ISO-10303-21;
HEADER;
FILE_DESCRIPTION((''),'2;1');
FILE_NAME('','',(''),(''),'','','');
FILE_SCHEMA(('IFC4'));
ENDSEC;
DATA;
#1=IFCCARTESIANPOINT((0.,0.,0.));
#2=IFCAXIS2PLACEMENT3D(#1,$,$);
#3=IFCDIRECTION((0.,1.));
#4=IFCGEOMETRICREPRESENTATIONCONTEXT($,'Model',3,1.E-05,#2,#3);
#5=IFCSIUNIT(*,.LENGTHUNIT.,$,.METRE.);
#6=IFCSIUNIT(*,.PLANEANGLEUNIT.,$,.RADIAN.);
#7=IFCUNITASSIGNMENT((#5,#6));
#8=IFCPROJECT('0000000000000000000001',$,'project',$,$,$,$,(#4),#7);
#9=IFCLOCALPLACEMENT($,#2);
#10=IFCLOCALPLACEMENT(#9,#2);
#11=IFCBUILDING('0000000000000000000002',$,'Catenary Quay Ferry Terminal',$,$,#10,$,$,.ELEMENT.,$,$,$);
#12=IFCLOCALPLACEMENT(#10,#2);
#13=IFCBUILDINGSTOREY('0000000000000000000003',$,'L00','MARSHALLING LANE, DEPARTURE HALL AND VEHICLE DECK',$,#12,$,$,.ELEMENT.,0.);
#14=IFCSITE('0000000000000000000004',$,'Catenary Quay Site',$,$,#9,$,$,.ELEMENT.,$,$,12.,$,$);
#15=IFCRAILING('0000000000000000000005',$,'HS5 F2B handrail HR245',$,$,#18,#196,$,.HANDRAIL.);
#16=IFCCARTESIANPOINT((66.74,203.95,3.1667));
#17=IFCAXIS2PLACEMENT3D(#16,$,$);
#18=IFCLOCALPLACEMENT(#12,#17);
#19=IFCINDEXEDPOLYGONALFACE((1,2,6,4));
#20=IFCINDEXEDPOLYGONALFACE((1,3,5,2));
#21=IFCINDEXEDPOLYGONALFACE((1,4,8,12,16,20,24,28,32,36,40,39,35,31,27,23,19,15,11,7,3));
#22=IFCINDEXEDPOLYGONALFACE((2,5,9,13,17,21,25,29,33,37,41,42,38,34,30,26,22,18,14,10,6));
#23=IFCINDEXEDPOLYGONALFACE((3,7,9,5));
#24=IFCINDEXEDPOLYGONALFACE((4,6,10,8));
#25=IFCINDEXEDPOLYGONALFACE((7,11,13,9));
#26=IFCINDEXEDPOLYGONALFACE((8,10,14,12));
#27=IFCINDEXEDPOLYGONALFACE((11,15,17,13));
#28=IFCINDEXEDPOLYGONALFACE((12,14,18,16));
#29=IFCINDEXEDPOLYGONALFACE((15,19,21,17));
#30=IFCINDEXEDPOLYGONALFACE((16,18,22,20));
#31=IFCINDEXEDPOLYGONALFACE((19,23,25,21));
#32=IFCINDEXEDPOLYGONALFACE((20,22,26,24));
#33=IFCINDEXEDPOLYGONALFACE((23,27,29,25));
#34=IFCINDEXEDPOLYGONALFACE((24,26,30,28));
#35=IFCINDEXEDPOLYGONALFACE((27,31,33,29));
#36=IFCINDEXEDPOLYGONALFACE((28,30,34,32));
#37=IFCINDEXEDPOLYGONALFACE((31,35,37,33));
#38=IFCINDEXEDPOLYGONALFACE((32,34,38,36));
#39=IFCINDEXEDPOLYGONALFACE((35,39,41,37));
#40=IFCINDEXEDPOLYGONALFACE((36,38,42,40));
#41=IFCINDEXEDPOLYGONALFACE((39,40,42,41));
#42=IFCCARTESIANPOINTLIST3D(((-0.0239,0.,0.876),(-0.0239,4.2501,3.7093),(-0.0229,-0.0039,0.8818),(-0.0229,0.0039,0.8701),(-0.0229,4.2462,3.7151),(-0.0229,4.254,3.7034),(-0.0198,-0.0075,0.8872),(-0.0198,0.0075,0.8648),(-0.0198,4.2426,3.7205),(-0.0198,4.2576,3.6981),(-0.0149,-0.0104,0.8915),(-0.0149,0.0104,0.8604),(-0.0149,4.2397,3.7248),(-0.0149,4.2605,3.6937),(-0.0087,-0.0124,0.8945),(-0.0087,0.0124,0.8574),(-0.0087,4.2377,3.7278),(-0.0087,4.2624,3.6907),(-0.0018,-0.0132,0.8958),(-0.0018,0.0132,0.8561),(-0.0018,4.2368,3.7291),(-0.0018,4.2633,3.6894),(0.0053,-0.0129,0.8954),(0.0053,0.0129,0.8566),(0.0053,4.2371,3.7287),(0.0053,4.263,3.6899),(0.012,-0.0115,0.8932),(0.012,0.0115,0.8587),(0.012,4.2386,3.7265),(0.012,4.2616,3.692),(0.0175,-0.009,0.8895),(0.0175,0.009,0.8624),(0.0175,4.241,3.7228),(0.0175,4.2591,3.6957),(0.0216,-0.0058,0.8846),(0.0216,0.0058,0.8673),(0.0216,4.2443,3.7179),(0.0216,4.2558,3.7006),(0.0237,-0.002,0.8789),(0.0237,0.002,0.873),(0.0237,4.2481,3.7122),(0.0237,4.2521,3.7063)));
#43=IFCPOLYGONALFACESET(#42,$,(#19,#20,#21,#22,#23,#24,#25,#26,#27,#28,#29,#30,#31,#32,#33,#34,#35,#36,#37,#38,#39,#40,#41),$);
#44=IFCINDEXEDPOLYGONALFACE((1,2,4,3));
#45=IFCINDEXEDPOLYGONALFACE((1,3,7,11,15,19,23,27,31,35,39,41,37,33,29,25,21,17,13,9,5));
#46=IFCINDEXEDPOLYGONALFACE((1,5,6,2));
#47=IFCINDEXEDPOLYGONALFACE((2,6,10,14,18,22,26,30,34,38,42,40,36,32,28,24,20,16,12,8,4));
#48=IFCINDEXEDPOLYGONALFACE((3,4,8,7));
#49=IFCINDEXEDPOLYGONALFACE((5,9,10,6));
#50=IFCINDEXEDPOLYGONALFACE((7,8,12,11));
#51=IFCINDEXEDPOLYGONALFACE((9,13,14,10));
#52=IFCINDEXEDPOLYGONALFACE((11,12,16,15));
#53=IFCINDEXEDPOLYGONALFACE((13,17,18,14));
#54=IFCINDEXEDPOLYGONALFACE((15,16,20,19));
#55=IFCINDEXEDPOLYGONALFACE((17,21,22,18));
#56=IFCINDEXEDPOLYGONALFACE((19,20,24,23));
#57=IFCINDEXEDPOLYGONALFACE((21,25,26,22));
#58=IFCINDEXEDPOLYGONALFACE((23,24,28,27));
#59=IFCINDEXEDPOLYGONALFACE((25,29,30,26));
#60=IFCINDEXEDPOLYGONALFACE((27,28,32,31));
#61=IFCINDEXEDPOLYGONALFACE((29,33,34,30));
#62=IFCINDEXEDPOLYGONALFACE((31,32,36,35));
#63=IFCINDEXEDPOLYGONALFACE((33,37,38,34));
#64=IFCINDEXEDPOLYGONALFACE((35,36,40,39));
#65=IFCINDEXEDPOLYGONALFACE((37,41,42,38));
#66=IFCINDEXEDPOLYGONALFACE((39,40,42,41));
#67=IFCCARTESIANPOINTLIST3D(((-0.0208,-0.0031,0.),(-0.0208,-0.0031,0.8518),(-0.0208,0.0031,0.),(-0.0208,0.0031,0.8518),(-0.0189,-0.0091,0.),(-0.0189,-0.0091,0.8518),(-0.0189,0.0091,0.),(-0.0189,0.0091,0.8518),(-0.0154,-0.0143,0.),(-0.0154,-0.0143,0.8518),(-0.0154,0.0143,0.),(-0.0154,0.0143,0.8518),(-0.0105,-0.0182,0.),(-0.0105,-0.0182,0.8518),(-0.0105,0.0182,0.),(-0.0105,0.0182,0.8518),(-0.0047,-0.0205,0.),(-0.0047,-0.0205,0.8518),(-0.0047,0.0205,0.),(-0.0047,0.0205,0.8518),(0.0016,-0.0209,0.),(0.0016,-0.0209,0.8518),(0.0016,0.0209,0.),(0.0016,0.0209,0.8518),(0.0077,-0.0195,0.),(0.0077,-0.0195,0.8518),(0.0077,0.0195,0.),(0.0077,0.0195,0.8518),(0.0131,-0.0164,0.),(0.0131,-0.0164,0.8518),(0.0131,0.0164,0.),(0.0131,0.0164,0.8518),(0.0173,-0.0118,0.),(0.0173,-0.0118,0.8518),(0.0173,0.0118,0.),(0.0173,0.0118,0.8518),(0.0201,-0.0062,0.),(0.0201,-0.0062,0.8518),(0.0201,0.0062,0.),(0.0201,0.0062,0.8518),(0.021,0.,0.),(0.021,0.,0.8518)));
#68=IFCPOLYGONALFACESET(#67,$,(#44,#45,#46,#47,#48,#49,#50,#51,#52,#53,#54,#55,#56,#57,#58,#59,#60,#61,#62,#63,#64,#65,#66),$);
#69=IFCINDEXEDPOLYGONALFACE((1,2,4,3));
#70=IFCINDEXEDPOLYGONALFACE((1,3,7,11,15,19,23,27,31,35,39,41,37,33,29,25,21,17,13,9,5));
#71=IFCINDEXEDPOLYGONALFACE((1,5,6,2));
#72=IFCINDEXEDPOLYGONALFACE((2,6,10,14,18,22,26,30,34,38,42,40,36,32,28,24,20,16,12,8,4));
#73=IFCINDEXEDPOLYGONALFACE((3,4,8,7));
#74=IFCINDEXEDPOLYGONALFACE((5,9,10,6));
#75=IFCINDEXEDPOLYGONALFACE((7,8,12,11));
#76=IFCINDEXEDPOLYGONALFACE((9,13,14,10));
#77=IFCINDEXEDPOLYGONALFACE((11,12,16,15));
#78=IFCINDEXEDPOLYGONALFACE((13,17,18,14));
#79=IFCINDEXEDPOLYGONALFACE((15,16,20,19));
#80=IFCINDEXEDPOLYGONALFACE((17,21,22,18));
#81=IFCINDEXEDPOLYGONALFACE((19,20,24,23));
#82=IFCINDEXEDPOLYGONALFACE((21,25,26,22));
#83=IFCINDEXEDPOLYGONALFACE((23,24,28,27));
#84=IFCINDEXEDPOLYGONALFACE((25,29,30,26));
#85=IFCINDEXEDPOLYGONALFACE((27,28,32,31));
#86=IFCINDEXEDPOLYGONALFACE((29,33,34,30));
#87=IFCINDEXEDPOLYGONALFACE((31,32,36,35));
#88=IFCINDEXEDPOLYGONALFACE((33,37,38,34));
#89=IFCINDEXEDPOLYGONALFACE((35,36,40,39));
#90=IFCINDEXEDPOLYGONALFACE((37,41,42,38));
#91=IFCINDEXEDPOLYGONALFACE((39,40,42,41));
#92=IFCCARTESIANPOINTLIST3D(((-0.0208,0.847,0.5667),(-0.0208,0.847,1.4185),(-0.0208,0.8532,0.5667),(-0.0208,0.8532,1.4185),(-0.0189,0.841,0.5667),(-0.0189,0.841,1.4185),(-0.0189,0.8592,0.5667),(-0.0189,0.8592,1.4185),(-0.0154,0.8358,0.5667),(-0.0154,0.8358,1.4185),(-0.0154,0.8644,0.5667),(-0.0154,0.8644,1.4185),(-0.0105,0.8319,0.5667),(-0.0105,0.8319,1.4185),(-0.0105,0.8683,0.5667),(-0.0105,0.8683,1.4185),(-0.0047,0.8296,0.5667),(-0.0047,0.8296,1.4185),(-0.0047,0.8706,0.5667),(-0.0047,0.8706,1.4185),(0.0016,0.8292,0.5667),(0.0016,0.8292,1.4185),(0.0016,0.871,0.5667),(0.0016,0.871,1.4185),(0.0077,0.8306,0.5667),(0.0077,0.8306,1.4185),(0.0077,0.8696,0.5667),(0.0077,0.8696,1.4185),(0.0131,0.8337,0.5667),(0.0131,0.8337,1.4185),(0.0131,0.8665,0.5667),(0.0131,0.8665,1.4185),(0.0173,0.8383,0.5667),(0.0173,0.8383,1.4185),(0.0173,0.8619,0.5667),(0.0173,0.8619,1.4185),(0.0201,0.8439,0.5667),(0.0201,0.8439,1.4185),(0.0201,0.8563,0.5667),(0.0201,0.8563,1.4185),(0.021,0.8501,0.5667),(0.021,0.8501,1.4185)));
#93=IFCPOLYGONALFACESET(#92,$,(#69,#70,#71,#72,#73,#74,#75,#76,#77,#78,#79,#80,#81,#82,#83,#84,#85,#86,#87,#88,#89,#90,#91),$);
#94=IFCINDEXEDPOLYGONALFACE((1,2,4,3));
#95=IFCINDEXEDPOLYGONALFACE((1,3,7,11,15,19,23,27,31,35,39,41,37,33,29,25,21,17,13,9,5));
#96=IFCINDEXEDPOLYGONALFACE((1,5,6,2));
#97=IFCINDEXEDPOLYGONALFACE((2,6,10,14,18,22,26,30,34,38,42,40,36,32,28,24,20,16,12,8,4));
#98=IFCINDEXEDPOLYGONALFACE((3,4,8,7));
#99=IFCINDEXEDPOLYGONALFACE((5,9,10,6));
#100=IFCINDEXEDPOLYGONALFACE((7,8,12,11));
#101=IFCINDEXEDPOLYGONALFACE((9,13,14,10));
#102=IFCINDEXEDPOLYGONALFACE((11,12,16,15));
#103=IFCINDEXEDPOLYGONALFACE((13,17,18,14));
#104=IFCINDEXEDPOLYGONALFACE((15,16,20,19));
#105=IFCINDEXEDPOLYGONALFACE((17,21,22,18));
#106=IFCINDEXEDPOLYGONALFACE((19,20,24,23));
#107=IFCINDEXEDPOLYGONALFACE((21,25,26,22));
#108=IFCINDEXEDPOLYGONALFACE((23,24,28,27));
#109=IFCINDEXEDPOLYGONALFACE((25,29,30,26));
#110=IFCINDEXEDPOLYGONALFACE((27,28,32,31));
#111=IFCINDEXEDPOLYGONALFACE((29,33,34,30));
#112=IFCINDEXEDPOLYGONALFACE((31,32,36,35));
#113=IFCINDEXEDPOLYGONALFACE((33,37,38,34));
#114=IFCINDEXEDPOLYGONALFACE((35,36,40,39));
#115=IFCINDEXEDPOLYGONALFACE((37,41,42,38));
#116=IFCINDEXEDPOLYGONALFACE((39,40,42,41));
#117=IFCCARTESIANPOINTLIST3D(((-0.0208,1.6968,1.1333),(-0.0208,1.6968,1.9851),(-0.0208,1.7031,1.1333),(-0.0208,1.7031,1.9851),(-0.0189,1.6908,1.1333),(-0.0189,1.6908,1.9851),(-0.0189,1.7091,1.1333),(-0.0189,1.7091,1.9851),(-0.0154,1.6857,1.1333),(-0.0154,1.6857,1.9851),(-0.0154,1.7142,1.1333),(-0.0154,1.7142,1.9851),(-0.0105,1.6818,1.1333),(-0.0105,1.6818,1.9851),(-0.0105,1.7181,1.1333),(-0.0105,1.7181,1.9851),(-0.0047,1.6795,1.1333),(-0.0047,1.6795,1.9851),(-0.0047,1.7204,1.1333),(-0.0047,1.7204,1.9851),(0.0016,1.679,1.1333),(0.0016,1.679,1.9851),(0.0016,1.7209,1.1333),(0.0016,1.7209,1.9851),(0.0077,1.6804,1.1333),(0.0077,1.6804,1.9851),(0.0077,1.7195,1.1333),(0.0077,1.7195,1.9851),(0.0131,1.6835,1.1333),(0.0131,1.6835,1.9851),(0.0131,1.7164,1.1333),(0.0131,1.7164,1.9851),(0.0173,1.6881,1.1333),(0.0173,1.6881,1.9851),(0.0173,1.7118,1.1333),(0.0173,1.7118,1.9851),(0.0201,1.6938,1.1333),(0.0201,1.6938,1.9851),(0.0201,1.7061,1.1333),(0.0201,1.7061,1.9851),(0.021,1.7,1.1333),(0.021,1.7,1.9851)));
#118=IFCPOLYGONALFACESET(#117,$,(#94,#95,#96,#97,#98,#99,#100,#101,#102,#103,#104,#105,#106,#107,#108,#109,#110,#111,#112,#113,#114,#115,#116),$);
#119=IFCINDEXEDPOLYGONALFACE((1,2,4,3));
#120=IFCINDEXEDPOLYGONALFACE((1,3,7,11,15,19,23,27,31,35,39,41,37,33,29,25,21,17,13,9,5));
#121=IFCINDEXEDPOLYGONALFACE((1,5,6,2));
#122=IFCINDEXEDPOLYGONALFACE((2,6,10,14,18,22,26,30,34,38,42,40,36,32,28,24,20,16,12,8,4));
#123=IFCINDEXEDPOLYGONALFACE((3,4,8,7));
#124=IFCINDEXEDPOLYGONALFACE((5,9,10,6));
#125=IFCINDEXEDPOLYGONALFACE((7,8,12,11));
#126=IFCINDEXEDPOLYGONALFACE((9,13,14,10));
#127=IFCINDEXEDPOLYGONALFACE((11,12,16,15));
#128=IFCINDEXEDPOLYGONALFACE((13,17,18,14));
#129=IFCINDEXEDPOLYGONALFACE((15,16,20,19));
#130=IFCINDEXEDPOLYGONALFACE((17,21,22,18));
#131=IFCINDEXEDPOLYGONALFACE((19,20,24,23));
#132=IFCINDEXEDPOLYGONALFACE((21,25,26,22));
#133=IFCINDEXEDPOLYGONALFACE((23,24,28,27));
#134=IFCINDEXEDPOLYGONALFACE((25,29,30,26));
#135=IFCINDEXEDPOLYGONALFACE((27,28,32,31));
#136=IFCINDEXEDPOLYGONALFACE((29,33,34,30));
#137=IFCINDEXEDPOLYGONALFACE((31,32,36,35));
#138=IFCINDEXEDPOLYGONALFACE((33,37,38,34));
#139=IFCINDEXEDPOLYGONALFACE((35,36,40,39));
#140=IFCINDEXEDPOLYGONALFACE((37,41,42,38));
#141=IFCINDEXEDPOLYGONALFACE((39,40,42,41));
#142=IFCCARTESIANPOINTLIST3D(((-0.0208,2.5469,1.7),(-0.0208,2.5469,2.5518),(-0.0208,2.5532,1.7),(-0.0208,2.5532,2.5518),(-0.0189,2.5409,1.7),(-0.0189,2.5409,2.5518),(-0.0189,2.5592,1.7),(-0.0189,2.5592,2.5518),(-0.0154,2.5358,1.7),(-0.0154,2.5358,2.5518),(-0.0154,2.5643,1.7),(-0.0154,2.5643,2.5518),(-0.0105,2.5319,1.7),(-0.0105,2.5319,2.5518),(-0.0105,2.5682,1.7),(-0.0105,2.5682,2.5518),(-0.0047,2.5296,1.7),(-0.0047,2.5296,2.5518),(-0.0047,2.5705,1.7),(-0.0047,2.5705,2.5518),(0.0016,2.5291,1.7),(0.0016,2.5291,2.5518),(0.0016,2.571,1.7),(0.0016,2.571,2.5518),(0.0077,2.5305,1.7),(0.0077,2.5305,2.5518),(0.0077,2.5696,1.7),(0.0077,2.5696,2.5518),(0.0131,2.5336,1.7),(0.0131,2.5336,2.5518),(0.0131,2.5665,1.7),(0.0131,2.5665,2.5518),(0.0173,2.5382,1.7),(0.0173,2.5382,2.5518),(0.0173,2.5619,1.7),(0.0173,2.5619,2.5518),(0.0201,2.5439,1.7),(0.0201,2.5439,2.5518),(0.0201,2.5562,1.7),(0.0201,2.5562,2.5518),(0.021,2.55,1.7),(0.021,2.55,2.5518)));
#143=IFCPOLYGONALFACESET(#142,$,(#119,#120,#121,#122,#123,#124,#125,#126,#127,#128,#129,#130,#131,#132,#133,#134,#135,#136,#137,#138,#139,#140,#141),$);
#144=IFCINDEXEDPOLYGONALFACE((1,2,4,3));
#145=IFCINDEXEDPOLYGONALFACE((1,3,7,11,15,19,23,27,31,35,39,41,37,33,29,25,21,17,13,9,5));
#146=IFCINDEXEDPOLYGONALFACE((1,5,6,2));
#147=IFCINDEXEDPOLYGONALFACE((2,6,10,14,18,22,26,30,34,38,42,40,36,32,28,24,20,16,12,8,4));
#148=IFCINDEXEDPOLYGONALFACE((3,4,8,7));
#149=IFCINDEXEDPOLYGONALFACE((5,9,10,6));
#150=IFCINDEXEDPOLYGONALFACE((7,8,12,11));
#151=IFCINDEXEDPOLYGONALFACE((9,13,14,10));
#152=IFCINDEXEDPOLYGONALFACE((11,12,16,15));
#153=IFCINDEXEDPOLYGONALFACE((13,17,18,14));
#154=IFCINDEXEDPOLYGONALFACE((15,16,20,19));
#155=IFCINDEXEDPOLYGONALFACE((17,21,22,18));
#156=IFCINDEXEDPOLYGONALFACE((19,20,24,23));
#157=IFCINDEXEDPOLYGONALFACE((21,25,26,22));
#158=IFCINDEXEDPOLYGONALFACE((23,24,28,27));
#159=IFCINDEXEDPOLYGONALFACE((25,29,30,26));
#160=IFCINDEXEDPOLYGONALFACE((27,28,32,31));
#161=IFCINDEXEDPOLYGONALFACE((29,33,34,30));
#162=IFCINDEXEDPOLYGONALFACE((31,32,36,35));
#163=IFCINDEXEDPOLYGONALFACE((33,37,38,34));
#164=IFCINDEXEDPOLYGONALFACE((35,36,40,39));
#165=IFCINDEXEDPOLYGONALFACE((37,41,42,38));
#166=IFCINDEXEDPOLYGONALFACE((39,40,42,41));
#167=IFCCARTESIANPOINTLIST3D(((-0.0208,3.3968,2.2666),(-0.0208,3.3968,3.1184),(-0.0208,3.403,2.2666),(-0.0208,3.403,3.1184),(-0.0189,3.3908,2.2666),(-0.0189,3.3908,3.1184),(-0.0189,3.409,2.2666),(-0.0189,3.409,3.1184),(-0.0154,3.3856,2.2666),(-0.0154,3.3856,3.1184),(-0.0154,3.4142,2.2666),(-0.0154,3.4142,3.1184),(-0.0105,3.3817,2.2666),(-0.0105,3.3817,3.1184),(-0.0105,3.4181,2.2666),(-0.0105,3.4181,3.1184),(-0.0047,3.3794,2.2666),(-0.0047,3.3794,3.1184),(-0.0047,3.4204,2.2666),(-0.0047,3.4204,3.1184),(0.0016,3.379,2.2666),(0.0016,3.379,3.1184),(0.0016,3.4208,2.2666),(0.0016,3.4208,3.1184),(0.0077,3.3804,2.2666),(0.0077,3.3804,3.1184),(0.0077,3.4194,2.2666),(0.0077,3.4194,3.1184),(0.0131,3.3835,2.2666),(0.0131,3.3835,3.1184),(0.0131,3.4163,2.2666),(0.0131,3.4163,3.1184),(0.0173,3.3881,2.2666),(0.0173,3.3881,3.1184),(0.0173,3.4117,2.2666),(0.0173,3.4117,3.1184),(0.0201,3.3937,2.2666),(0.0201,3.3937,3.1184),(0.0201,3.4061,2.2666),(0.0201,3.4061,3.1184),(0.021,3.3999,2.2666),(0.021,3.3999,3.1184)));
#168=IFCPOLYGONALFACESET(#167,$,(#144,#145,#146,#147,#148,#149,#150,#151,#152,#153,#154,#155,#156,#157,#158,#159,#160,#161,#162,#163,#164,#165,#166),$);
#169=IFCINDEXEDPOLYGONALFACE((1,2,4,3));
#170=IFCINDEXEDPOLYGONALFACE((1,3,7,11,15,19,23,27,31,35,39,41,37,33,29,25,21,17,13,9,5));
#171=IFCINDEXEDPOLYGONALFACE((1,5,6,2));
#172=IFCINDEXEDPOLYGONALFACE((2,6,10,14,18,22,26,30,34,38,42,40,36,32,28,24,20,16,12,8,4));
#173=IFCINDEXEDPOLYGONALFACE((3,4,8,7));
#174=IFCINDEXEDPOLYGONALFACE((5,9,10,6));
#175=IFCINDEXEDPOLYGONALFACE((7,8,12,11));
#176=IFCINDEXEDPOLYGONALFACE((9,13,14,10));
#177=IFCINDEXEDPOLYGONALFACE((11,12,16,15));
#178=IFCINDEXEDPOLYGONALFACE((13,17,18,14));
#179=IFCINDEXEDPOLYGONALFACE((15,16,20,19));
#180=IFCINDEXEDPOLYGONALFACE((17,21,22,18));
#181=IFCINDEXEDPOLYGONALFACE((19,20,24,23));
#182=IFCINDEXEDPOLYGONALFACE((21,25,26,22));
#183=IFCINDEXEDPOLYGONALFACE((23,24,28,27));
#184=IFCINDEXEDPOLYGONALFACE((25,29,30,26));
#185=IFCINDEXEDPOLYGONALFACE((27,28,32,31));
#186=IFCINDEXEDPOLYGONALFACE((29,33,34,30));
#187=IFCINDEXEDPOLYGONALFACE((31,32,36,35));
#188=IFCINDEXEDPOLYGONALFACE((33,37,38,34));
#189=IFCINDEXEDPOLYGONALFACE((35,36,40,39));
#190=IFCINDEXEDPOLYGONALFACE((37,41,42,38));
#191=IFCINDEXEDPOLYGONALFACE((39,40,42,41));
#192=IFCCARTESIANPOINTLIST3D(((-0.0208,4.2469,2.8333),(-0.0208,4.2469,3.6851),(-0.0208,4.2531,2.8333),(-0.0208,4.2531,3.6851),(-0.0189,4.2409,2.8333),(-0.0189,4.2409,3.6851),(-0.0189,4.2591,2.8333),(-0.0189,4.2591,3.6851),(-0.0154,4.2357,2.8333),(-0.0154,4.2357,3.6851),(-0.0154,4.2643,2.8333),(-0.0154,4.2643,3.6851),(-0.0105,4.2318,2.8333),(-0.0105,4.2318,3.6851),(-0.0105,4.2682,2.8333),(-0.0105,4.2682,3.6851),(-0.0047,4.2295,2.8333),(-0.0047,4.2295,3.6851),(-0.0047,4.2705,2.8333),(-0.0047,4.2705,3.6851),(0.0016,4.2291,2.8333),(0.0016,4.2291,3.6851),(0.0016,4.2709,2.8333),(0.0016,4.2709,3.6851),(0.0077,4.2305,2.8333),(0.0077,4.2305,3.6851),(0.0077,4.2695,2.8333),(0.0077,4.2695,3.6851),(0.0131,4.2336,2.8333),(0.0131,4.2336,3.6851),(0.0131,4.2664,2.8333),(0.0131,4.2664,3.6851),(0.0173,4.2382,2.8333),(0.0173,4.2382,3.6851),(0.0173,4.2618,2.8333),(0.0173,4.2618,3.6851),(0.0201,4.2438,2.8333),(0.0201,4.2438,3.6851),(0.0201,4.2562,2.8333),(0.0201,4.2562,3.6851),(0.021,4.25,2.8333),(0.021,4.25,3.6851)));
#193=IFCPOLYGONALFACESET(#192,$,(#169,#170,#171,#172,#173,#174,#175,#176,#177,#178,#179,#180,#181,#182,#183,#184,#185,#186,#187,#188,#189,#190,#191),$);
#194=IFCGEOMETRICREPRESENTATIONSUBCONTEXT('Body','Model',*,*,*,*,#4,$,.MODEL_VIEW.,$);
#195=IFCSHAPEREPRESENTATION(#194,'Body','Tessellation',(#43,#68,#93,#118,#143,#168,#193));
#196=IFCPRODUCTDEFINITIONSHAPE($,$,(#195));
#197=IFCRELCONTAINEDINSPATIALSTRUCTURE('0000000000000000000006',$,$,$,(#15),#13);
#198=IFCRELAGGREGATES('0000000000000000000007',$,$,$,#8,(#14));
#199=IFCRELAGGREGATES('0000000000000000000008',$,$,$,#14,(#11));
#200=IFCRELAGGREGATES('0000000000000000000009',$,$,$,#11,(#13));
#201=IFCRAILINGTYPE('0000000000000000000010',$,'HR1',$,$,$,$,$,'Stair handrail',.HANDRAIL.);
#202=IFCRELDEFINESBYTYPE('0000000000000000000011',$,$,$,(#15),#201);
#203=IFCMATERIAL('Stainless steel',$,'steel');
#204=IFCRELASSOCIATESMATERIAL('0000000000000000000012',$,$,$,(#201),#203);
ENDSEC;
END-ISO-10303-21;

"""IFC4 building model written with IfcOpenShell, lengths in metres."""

from ifc_helpers import new_model, si_unit, direction, frame, origin, origin_2d, place, context, subcontext, project, spatial, circle, extrude, material, type_object, element, save


model = new_model("IFC4")

# Units and contexts
model_context = context("Model", 3, precision=1e-05, world=origin(), true_north=direction((0.0, 1.0)))
body_context = subcontext(model_context, "Body", "Model", "MODEL_VIEW")
ifc_project = project(units=[si_unit("LENGTHUNIT", "METRE"), si_unit("PLANEANGLEUNIT", "RADIAN")], contexts=[model_context])

# Site, building, storey
site_placement = place(None, origin())
site = spatial("IfcSite", under=ifc_project, at=site_placement, Name="Catenary Quay Site", CompositionType="ELEMENT", RefElevation=12.0)
building_placement = place(site_placement, origin())
building = spatial("IfcBuilding", under=site, at=building_placement, Name="Catenary Quay Ferry Terminal", CompositionType="ELEMENT")
storey_placement = place(building_placement, origin())
storey = spatial("IfcBuildingStorey", under=building, at=storey_placement, Name="L00", Description="MARSHALLING LANE, DEPARTURE HALL AND VEHICLE DECK", CompositionType="ELEMENT", Elevation=0.0)

# Railing
ifc_material_1 = material(Name="Stainless steel", Category="steel")
railing_type_1 = type_object("IfcRailingType", Name="HR1", ElementType="Stair handrail", PredefinedType="HANDRAIL", material=ifc_material_1)
for number, where, name in (
    (1, (66.74, 203.95, 3.1667), "HS5 F2B handrail HR245"),
):
    element("IfcRailing", number, at=place(storey_placement, frame(where)), inside=storey, type_object=railing_type_1, Name=name, PredefinedType="HANDRAIL", context=body_context, shape_type="SweptSolid", body=[
        extrude(circle(Radius=0.0239, at=origin_2d()), frame((0.0, 0.0, 0.876), z_axis=(0.0, 0.832058, 0.554689), x_axis=(-1.0, 0.0, 0.0)), (0.0, 0.0, 1.0), 5.1079),
        extrude(circle(Radius=0.021, at=origin_2d()), origin(), (0.0, 0.0, 1.0), 0.8518),
        extrude(circle(Radius=0.021, at=origin_2d()), frame((0.0, 0.8501, 0.5667)), (0.0, 0.0, 1.0), 0.8518),
        extrude(circle(Radius=0.021, at=origin_2d()), frame((0.0, 1.7, 1.1333)), (0.0, 0.0, 1.0), 0.8518),
        extrude(circle(Radius=0.021, at=origin_2d()), frame((0.0, 2.55, 1.7)), (0.0, 0.0, 1.0), 0.8518),
        extrude(circle(Radius=0.021, at=origin_2d()), frame((0.0, 3.3999, 2.2666)), (0.0, 0.0, 1.0), 0.8518),
        extrude(circle(Radius=0.021, at=origin_2d()), frame((0.0, 4.25, 2.8333)), (0.0, 0.0, 1.0), 0.8518),
    ])

save(model, "model.ifc")
